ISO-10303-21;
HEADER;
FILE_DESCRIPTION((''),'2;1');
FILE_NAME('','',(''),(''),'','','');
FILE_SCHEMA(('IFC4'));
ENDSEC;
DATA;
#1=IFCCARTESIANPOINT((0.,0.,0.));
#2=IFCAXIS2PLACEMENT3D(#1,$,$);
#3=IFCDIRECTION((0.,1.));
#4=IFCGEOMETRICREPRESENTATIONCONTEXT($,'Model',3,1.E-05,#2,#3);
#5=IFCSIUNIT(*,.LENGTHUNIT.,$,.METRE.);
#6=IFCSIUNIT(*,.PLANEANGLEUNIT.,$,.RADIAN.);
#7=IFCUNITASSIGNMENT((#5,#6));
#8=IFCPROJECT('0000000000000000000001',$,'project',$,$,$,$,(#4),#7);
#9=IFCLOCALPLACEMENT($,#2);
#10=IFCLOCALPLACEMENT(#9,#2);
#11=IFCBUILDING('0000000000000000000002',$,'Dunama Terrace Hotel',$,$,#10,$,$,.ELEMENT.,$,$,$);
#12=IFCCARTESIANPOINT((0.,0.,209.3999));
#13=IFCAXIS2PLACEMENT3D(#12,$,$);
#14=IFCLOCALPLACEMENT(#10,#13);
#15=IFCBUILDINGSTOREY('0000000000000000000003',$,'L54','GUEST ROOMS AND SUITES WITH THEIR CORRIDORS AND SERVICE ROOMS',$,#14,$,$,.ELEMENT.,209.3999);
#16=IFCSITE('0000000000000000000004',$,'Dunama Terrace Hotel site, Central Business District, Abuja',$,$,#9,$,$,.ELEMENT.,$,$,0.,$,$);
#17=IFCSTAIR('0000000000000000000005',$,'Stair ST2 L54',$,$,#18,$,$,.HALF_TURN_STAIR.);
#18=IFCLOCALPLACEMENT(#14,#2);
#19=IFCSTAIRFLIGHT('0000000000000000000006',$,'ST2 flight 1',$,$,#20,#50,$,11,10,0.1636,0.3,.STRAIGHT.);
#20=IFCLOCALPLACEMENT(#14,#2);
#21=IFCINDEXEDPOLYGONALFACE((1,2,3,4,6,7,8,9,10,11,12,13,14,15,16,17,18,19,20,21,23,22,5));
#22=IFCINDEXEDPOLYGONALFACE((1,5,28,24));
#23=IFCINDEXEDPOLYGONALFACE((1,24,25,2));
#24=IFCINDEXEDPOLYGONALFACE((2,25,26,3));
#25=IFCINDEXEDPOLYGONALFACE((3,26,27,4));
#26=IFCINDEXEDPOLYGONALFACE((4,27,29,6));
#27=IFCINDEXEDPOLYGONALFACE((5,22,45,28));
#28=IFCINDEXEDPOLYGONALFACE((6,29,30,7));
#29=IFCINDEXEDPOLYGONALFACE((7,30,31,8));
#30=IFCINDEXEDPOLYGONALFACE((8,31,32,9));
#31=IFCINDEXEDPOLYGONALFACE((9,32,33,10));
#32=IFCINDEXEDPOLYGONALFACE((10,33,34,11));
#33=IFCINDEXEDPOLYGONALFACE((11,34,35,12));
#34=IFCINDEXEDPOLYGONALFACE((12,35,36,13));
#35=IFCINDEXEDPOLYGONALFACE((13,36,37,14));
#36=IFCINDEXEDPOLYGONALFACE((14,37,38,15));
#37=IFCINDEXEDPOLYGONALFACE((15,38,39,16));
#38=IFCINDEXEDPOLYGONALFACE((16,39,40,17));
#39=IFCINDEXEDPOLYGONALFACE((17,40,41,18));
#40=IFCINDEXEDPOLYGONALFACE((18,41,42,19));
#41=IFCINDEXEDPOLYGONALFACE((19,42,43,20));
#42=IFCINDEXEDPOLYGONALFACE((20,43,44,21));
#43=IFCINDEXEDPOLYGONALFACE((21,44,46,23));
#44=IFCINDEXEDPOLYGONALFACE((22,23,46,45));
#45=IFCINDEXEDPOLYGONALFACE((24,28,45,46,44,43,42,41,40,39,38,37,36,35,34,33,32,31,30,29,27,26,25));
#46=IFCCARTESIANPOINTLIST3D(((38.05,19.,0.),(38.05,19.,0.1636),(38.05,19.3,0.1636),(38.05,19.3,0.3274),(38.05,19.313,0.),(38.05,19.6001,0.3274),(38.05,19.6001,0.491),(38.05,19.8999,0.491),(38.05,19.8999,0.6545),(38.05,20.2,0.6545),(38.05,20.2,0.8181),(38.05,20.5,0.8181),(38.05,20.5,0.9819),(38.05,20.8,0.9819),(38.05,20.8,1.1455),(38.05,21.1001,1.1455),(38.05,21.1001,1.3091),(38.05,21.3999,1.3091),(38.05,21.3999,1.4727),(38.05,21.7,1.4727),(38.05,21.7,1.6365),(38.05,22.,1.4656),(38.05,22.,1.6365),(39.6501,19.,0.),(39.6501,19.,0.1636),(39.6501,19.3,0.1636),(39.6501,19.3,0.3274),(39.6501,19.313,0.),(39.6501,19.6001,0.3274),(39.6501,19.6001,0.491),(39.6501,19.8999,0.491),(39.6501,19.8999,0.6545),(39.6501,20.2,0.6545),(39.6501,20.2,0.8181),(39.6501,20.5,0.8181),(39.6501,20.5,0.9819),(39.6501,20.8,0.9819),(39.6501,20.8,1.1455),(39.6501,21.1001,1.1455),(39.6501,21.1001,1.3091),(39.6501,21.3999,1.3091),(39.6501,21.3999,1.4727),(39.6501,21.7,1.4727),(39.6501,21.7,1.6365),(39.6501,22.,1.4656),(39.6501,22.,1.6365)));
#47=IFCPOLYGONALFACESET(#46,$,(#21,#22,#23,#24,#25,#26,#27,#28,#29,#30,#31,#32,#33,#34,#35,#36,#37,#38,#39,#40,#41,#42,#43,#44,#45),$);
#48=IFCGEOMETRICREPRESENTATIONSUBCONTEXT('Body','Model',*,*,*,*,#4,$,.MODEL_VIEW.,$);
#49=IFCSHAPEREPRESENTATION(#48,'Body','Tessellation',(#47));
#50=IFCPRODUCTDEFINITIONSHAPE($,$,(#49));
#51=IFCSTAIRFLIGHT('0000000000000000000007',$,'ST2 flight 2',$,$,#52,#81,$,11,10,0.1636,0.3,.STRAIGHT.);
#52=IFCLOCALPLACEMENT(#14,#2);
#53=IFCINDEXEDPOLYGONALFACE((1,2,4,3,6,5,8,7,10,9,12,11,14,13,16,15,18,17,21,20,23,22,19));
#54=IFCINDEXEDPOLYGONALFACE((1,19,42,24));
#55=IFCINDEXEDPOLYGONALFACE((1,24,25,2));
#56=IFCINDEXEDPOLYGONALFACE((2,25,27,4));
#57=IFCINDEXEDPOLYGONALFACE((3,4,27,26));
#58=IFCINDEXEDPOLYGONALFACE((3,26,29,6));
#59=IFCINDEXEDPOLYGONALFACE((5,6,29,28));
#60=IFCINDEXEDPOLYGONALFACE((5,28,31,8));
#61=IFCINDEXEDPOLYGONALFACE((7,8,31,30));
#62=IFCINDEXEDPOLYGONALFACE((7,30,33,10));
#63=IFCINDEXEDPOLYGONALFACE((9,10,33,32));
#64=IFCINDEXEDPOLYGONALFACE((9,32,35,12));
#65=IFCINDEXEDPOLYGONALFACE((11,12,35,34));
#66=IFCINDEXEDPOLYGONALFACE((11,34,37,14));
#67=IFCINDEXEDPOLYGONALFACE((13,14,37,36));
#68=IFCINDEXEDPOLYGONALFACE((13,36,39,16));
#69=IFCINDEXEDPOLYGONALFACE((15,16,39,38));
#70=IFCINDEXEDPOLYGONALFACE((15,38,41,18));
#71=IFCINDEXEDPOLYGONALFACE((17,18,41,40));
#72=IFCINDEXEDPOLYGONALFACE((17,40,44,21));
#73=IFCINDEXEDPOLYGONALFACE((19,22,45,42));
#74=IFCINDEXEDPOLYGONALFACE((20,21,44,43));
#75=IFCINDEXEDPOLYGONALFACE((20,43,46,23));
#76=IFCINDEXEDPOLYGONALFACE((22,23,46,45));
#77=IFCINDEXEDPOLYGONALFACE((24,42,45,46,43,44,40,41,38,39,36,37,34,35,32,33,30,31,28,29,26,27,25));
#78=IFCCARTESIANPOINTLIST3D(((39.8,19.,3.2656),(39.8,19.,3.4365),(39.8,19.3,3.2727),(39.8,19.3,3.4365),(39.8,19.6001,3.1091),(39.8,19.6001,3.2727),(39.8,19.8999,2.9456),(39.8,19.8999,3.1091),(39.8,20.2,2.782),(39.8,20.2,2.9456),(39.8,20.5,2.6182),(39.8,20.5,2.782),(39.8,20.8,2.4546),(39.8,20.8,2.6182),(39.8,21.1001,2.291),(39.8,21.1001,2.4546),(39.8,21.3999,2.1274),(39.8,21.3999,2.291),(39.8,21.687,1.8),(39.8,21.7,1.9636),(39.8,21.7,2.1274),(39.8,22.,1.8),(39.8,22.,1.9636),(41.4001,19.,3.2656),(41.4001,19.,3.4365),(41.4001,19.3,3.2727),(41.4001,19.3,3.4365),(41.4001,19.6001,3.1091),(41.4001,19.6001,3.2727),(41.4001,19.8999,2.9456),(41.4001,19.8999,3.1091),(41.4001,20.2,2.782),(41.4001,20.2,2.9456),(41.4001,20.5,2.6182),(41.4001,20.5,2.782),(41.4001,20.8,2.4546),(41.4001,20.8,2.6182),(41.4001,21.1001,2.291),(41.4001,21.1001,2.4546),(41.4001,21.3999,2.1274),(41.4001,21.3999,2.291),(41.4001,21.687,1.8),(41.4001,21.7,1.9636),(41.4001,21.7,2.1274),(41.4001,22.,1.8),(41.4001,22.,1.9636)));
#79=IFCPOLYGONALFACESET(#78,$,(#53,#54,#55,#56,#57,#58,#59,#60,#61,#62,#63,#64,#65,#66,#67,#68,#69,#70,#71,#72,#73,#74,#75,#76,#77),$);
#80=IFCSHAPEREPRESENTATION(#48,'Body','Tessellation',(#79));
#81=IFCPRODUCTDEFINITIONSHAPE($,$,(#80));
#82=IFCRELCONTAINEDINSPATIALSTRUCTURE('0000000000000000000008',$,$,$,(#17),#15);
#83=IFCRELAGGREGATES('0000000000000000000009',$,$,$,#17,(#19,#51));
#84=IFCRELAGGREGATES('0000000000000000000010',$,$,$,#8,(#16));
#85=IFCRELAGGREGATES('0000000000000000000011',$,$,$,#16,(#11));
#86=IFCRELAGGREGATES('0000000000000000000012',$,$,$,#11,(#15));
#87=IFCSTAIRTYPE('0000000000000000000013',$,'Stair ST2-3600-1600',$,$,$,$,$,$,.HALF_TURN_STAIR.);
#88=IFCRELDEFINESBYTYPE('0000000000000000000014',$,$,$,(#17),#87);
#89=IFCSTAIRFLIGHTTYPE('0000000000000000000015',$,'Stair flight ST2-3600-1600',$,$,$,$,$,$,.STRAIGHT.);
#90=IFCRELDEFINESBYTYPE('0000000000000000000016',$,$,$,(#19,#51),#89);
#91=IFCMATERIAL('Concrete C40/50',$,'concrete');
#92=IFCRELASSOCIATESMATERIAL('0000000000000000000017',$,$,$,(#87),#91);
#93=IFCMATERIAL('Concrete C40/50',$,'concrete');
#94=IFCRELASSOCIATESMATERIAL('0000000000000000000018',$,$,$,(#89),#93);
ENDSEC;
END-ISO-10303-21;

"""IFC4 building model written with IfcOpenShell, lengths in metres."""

from ifc_helpers import new_model, si_unit, direction, frame, origin, place, context, subcontext, project, spatial, polyline, outline, extrude, material, type_object, element, aggregate, save


model = new_model("IFC4")

# Units and contexts
model_context = context("Model", 3, precision=1e-05, world=origin(), true_north=direction((0.0, 1.0)))
body_context = subcontext(model_context, "Body", "Model", "MODEL_VIEW")
ifc_project = project(units=[si_unit("LENGTHUNIT", "METRE"), si_unit("PLANEANGLEUNIT", "RADIAN")], contexts=[model_context])

# Site, building, storey
site_placement = place(None, origin())
site = spatial("IfcSite", under=ifc_project, at=site_placement, Name="Dunama Terrace Hotel site, Central Business District, Abuja", CompositionType="ELEMENT", RefElevation=0.0)
building_placement = place(site_placement, origin())
building = spatial("IfcBuilding", under=site, at=building_placement, Name="Dunama Terrace Hotel", CompositionType="ELEMENT")
storey_placement = place(building_placement, frame((0.0, 0.0, 209.3999)))
storey = spatial("IfcBuildingStorey", under=building, at=storey_placement, Name="L54", Description="GUEST ROOMS AND SUITES WITH THEIR CORRIDORS AND SERVICE ROOMS", CompositionType="ELEMENT", Elevation=209.3999)

# Stair, stair flights
ifc_material_1 = material(Name="Concrete C40/50", Category="concrete")
stair_type = type_object("IfcStairType", Name="Stair ST2-3600-1600", PredefinedType="HALF_TURN_STAIR", material=ifc_material_1)
stair_placement = place(storey_placement, origin())
stair = element("IfcStair", 1, at=stair_placement, inside=storey, type_object=stair_type, Name="Stair ST2 L54", PredefinedType="HALF_TURN_STAIR")
ifc_material_2 = material(Name="Concrete C40/50", Category="concrete")
stair_flight_type = type_object("IfcStairFlightType", Name="Stair flight ST2-3600-1600", PredefinedType="STRAIGHT", material=ifc_material_2)
stair_flight_1_placement = place(storey_placement, frame((38.8501, 19.0, 0.0), z_axis=(0.0, 0.0, 1.0), x_axis=(0.0, 1.0, 0.0)))
stair_flight_1 = element("IfcStairFlight", 2, at=stair_flight_1_placement, type_object=stair_flight_type, Name="ST2 flight 1", NumberOfRisers=11, NumberOfTreads=10, PredefinedType="STRAIGHT", RiserHeight=0.1636, TreadLength=0.3, context=body_context, shape_type="SweptSolid", body=[
    extrude(outline(polyline([(0.0, 0.0), (0.0, 0.1636), (0.3, 0.1636), (0.3, 0.3274), (0.6001, 0.3274), (0.6001, 0.491), (0.8999, 0.491), (0.8999, 0.6545), (1.2, 0.6545), (1.2, 0.8181), (1.5, 0.8181), (1.5, 0.9819), (1.8, 0.9819), (1.8, 1.1455), (2.1001, 1.1455), (2.1001, 1.3091), (2.3999, 1.3091), (2.3999, 1.4727), (2.7, 1.4727), (2.7, 1.6365), (3.0, 1.6365), (3.0, 1.8), (3.0, 1.4656), (0.313, 0.0), (0.0, 0.0)])), frame((0.0, 0.8, 0.0), z_axis=(0.0, -1.0, 0.0), x_axis=(1.0, 0.0, 0.0)), (0.0, 0.0, 1.0), 1.6001),
])
stair_flight_2_placement = place(storey_placement, frame((40.6001, 22.0, 1.8), z_axis=(0.0, 0.0, 1.0), x_axis=(0.0, -1.0, 0.0)))
stair_flight_2 = element("IfcStairFlight", 3, at=stair_flight_2_placement, type_object=stair_flight_type, Name="ST2 flight 2", NumberOfRisers=11, NumberOfTreads=10, PredefinedType="STRAIGHT", RiserHeight=0.1636, TreadLength=0.3, context=body_context, shape_type="SweptSolid", body=[
    extrude(outline(polyline([(0.0, 0.0), (0.0, 0.1636), (0.3, 0.1636), (0.3, 0.3274), (0.6001, 0.3274), (0.6001, 0.491), (0.8999, 0.491), (0.8999, 0.6545), (1.2, 0.6545), (1.2, 0.8181), (1.5, 0.8181), (1.5, 0.9819), (1.8, 0.9819), (1.8, 1.1455), (2.1001, 1.1455), (2.1001, 1.3091), (2.3999, 1.3091), (2.3999, 1.4727), (2.7, 1.4727), (2.7, 1.6365), (3.0, 1.6365), (3.0, 1.8), (3.0, 1.4656), (0.313, 0.0), (0.0, 0.0)])), frame((0.0, 0.8, 0.0), z_axis=(0.0, -1.0, 0.0), x_axis=(1.0, 0.0, 0.0)), (0.0, 0.0, 1.0), 1.6001),
])
aggregate(stair, [stair_flight_1, stair_flight_2])

save(model, "model.ifc")
